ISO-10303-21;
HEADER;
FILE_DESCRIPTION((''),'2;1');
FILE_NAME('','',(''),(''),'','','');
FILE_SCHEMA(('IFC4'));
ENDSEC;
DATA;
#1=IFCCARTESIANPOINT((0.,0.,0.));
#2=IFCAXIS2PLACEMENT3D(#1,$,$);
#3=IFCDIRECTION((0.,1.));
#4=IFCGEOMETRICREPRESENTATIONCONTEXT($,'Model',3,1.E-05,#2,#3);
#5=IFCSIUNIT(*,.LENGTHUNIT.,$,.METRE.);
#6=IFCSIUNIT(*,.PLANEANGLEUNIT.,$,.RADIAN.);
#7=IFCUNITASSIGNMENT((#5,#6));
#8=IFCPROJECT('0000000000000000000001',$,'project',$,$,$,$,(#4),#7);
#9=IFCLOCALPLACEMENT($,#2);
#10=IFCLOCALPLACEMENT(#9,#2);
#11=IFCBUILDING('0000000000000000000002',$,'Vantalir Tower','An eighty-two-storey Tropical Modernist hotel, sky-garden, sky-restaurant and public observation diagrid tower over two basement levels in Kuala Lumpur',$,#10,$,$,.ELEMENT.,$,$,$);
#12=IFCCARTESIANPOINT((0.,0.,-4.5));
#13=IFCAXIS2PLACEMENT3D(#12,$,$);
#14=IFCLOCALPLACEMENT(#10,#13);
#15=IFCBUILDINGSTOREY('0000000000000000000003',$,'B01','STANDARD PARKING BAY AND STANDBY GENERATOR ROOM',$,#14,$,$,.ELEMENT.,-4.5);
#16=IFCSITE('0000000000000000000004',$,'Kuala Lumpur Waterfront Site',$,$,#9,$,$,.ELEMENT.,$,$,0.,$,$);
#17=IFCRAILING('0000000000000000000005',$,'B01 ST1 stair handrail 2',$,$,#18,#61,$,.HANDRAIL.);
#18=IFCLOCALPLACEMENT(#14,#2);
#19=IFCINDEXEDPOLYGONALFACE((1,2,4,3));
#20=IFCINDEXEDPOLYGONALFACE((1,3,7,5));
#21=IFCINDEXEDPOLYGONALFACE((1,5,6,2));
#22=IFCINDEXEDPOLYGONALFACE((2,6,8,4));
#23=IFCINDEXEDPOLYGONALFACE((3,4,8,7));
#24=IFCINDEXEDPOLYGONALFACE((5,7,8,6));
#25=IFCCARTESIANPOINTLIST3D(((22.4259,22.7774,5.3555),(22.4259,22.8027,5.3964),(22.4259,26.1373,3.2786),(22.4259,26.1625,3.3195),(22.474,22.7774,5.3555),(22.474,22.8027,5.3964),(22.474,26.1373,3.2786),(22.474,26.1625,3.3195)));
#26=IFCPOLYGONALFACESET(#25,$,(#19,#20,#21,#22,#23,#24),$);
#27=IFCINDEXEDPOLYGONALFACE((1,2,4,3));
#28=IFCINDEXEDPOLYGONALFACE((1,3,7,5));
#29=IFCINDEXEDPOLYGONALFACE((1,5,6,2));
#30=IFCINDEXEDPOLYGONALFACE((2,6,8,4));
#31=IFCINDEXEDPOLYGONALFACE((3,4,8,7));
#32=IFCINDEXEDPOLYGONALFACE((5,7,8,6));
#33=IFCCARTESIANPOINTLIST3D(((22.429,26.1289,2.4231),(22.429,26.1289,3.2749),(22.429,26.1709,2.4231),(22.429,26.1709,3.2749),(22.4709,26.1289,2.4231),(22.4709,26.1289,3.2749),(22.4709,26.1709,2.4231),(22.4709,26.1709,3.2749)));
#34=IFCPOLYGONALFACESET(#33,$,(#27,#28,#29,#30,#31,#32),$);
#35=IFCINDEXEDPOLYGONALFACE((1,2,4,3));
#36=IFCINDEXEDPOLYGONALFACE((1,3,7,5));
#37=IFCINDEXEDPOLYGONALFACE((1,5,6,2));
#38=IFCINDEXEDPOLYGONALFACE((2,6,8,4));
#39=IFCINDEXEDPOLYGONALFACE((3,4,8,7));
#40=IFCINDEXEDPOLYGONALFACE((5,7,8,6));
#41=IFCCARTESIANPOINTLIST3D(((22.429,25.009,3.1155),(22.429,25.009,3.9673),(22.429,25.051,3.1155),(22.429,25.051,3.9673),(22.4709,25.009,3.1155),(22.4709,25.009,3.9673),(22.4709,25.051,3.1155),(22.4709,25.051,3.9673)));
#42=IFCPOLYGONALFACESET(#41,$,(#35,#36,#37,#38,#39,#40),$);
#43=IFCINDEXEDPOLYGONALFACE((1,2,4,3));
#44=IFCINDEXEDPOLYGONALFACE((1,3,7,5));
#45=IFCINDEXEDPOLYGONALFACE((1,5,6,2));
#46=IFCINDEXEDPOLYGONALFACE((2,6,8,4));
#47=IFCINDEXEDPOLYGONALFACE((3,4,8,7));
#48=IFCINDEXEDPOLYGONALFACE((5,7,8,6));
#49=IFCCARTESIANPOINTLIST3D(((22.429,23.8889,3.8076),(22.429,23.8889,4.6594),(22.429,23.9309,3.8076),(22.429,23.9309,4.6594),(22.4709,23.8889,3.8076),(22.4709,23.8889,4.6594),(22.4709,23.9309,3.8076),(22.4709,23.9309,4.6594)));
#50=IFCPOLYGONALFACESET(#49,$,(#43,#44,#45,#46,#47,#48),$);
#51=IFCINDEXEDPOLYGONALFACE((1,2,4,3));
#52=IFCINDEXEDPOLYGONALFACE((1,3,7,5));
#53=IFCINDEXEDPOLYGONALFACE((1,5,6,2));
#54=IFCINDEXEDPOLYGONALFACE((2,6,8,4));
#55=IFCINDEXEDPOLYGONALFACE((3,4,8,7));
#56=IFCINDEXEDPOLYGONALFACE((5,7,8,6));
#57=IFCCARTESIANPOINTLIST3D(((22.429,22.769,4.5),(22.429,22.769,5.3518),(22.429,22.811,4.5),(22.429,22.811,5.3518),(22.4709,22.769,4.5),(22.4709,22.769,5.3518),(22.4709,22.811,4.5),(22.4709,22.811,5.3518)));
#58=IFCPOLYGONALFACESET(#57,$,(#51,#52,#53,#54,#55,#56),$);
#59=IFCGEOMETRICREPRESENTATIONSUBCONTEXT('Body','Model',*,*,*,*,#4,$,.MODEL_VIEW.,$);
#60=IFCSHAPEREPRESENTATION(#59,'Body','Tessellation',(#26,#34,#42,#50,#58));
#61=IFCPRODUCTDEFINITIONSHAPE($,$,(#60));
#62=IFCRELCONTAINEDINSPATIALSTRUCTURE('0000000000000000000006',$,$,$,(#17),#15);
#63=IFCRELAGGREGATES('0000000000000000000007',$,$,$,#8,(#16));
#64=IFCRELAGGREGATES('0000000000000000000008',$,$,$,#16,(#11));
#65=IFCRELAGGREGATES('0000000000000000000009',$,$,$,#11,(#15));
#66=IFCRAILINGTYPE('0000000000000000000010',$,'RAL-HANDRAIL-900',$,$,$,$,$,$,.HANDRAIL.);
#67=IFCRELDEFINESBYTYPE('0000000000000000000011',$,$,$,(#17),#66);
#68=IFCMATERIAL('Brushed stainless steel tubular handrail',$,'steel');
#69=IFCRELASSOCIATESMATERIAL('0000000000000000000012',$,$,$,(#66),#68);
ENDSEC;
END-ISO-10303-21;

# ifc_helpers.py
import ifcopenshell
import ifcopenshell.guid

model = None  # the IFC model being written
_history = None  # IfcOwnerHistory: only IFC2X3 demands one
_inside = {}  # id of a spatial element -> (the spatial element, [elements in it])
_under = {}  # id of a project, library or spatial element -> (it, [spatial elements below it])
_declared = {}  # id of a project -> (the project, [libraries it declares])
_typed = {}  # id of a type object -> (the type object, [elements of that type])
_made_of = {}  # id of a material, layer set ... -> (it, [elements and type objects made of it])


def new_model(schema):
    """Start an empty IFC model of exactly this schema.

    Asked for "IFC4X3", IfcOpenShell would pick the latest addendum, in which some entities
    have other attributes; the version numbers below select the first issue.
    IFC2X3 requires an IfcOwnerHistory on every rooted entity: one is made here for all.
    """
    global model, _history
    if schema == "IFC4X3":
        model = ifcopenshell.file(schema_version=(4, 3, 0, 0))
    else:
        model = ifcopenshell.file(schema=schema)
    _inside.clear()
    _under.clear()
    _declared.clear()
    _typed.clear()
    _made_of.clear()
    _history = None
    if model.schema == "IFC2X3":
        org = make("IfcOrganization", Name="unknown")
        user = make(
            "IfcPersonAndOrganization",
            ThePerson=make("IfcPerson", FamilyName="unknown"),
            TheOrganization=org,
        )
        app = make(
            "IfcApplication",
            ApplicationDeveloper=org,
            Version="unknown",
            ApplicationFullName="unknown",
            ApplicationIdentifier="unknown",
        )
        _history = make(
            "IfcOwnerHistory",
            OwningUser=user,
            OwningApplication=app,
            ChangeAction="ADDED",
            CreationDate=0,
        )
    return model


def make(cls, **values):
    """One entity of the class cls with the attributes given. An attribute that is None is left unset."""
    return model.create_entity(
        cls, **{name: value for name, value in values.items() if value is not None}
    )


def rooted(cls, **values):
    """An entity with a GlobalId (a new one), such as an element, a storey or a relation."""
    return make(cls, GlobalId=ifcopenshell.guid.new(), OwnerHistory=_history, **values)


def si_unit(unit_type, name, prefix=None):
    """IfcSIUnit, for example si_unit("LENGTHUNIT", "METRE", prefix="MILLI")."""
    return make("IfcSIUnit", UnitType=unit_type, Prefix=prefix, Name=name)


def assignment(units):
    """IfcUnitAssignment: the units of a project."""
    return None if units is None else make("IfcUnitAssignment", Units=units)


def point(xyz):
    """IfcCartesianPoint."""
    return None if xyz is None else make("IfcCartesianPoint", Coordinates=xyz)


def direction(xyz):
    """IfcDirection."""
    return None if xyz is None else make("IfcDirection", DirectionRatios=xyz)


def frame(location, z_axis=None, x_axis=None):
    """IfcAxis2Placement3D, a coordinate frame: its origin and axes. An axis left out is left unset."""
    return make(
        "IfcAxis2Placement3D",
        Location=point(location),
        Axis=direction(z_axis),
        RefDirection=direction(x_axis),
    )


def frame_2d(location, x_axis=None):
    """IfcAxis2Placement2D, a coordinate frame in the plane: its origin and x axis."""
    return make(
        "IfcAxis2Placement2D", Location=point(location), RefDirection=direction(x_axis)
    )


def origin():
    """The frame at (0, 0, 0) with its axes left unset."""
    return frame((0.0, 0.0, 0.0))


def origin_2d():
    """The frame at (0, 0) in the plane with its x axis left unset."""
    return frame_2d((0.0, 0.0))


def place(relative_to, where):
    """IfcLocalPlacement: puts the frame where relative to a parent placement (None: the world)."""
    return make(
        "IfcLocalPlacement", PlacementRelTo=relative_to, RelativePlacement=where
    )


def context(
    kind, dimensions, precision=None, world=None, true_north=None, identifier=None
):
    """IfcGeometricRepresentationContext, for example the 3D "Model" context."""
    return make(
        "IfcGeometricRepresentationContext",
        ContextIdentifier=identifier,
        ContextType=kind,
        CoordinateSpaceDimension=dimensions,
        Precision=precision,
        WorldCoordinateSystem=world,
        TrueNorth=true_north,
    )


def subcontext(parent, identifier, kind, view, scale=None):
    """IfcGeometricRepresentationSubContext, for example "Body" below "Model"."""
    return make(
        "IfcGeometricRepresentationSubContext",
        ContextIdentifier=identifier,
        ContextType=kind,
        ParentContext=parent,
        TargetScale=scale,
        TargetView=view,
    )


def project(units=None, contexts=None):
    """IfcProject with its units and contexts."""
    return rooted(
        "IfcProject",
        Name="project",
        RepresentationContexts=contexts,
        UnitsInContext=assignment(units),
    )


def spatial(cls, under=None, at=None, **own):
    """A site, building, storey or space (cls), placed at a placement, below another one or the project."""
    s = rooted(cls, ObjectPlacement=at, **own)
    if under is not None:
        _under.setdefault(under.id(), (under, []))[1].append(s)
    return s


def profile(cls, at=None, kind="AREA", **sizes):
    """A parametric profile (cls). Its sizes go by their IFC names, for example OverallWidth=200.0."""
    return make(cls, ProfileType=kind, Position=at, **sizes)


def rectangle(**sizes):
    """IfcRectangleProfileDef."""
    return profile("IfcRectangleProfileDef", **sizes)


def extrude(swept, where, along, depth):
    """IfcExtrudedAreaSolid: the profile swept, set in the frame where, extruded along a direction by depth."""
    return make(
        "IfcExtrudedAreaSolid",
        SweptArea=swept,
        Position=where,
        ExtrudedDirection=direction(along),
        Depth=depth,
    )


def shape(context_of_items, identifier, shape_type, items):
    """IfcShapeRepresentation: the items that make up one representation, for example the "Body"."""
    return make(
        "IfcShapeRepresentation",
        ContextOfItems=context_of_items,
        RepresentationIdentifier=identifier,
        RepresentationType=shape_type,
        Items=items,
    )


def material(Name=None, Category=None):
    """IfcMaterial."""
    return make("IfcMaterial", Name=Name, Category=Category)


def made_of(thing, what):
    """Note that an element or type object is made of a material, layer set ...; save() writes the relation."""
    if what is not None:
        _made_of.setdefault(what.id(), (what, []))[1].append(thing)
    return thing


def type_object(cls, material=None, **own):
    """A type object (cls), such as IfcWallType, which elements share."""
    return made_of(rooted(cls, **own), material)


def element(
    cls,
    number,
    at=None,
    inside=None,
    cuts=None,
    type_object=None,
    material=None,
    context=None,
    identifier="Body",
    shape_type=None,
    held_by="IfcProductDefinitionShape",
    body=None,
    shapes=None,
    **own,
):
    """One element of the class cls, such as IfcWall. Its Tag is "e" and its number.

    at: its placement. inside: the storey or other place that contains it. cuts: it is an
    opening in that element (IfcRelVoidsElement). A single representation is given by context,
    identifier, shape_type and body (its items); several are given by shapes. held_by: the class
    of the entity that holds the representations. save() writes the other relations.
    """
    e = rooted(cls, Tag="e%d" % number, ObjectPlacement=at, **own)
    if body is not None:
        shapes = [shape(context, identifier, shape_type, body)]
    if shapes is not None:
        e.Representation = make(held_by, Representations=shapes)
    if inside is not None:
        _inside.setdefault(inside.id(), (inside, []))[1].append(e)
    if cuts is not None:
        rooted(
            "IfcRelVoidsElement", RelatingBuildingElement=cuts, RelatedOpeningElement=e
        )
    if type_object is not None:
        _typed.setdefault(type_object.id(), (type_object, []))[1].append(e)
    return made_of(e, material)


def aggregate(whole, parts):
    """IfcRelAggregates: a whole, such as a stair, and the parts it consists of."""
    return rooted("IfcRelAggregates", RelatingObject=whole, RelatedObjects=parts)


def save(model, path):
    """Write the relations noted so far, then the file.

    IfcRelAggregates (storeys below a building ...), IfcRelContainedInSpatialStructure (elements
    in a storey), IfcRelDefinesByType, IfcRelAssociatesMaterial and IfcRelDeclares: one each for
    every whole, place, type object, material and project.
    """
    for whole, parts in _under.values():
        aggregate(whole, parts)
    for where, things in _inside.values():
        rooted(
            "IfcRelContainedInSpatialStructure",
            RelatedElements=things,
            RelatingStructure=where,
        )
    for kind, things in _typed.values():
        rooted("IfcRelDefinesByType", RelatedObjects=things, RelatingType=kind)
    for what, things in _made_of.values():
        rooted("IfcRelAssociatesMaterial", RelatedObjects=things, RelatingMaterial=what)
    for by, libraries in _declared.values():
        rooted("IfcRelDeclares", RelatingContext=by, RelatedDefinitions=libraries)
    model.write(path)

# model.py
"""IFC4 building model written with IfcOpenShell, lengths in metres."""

from ifc_helpers import new_model, si_unit, direction, frame, origin, origin_2d, place, context, subcontext, project, spatial, rectangle, extrude, material, type_object, element, save


model = new_model("IFC4")

# Units and contexts
model_context = context("Model", 3, precision=1e-05, world=origin(), true_north=direction((0.0, 1.0)))
body_context = subcontext(model_context, "Body", "Model", "MODEL_VIEW")
ifc_project = project(units=[si_unit("LENGTHUNIT", "METRE"), si_unit("PLANEANGLEUNIT", "RADIAN")], contexts=[model_context])

# Site, building, storey
site_placement = place(None, origin())
site = spatial("IfcSite", under=ifc_project, at=site_placement, Name="Kuala Lumpur Waterfront Site", CompositionType="ELEMENT", RefElevation=0.0)
building_placement = place(site_placement, origin())
building = spatial("IfcBuilding", under=site, at=building_placement, Name="Vantalir Tower", Description="An eighty-two-storey Tropical Modernist hotel, sky-garden, sky-restaurant and public observation diagrid tower over two basement levels in Kuala Lumpur", CompositionType="ELEMENT")
storey_placement = place(building_placement, frame((0.0, 0.0, -4.5)))
storey = spatial("IfcBuildingStorey", under=building, at=storey_placement, Name="B01", Description="STANDARD PARKING BAY AND STANDBY GENERATOR ROOM", CompositionType="ELEMENT", Elevation=-4.5)

# Railing
ifc_material_1 = material(Name="Brushed stainless steel tubular handrail", Category="steel")
railing_type_1 = type_object("IfcRailingType", Name="RAL-HANDRAIL-900", PredefinedType="HANDRAIL", material=ifc_material_1)
railing_1_placement = place(storey_placement, frame((22.45, 26.1499, 2.4231)))
element("IfcRailing", 1, at=railing_1_placement, inside=storey, type_object=railing_type_1, Name="B01 ST1 stair handrail 2", PredefinedType="HANDRAIL", context=body_context, shape_type="SweptSolid", body=[
    extrude(rectangle(XDim=0.0481, YDim=0.0481, at=origin_2d()), frame((0.0, 0.0, 0.876), z_axis=(0.0, -0.850606, 0.525803), x_axis=(1.0, 0.0, 0.0)), (0.0, 0.0, 1.0), 3.95),
    extrude(rectangle(XDim=0.042, YDim=0.042, at=origin_2d()), origin(), (0.0, 0.0, 1.0), 0.8518),
    extrude(rectangle(XDim=0.042, YDim=0.042, at=origin_2d()), frame((0.0, -1.1199, 0.6924)), (0.0, 0.0, 1.0), 0.8518),
    extrude(rectangle(XDim=0.042, YDim=0.042, at=origin_2d()), frame((0.0, -2.24, 1.3845)), (0.0, 0.0, 1.0), 0.8518),
    extrude(rectangle(XDim=0.042, YDim=0.042, at=origin_2d()), frame((0.0, -3.3599, 2.0769)), (0.0, 0.0, 1.0), 0.8518),
])

save(model, "model.ifc")
